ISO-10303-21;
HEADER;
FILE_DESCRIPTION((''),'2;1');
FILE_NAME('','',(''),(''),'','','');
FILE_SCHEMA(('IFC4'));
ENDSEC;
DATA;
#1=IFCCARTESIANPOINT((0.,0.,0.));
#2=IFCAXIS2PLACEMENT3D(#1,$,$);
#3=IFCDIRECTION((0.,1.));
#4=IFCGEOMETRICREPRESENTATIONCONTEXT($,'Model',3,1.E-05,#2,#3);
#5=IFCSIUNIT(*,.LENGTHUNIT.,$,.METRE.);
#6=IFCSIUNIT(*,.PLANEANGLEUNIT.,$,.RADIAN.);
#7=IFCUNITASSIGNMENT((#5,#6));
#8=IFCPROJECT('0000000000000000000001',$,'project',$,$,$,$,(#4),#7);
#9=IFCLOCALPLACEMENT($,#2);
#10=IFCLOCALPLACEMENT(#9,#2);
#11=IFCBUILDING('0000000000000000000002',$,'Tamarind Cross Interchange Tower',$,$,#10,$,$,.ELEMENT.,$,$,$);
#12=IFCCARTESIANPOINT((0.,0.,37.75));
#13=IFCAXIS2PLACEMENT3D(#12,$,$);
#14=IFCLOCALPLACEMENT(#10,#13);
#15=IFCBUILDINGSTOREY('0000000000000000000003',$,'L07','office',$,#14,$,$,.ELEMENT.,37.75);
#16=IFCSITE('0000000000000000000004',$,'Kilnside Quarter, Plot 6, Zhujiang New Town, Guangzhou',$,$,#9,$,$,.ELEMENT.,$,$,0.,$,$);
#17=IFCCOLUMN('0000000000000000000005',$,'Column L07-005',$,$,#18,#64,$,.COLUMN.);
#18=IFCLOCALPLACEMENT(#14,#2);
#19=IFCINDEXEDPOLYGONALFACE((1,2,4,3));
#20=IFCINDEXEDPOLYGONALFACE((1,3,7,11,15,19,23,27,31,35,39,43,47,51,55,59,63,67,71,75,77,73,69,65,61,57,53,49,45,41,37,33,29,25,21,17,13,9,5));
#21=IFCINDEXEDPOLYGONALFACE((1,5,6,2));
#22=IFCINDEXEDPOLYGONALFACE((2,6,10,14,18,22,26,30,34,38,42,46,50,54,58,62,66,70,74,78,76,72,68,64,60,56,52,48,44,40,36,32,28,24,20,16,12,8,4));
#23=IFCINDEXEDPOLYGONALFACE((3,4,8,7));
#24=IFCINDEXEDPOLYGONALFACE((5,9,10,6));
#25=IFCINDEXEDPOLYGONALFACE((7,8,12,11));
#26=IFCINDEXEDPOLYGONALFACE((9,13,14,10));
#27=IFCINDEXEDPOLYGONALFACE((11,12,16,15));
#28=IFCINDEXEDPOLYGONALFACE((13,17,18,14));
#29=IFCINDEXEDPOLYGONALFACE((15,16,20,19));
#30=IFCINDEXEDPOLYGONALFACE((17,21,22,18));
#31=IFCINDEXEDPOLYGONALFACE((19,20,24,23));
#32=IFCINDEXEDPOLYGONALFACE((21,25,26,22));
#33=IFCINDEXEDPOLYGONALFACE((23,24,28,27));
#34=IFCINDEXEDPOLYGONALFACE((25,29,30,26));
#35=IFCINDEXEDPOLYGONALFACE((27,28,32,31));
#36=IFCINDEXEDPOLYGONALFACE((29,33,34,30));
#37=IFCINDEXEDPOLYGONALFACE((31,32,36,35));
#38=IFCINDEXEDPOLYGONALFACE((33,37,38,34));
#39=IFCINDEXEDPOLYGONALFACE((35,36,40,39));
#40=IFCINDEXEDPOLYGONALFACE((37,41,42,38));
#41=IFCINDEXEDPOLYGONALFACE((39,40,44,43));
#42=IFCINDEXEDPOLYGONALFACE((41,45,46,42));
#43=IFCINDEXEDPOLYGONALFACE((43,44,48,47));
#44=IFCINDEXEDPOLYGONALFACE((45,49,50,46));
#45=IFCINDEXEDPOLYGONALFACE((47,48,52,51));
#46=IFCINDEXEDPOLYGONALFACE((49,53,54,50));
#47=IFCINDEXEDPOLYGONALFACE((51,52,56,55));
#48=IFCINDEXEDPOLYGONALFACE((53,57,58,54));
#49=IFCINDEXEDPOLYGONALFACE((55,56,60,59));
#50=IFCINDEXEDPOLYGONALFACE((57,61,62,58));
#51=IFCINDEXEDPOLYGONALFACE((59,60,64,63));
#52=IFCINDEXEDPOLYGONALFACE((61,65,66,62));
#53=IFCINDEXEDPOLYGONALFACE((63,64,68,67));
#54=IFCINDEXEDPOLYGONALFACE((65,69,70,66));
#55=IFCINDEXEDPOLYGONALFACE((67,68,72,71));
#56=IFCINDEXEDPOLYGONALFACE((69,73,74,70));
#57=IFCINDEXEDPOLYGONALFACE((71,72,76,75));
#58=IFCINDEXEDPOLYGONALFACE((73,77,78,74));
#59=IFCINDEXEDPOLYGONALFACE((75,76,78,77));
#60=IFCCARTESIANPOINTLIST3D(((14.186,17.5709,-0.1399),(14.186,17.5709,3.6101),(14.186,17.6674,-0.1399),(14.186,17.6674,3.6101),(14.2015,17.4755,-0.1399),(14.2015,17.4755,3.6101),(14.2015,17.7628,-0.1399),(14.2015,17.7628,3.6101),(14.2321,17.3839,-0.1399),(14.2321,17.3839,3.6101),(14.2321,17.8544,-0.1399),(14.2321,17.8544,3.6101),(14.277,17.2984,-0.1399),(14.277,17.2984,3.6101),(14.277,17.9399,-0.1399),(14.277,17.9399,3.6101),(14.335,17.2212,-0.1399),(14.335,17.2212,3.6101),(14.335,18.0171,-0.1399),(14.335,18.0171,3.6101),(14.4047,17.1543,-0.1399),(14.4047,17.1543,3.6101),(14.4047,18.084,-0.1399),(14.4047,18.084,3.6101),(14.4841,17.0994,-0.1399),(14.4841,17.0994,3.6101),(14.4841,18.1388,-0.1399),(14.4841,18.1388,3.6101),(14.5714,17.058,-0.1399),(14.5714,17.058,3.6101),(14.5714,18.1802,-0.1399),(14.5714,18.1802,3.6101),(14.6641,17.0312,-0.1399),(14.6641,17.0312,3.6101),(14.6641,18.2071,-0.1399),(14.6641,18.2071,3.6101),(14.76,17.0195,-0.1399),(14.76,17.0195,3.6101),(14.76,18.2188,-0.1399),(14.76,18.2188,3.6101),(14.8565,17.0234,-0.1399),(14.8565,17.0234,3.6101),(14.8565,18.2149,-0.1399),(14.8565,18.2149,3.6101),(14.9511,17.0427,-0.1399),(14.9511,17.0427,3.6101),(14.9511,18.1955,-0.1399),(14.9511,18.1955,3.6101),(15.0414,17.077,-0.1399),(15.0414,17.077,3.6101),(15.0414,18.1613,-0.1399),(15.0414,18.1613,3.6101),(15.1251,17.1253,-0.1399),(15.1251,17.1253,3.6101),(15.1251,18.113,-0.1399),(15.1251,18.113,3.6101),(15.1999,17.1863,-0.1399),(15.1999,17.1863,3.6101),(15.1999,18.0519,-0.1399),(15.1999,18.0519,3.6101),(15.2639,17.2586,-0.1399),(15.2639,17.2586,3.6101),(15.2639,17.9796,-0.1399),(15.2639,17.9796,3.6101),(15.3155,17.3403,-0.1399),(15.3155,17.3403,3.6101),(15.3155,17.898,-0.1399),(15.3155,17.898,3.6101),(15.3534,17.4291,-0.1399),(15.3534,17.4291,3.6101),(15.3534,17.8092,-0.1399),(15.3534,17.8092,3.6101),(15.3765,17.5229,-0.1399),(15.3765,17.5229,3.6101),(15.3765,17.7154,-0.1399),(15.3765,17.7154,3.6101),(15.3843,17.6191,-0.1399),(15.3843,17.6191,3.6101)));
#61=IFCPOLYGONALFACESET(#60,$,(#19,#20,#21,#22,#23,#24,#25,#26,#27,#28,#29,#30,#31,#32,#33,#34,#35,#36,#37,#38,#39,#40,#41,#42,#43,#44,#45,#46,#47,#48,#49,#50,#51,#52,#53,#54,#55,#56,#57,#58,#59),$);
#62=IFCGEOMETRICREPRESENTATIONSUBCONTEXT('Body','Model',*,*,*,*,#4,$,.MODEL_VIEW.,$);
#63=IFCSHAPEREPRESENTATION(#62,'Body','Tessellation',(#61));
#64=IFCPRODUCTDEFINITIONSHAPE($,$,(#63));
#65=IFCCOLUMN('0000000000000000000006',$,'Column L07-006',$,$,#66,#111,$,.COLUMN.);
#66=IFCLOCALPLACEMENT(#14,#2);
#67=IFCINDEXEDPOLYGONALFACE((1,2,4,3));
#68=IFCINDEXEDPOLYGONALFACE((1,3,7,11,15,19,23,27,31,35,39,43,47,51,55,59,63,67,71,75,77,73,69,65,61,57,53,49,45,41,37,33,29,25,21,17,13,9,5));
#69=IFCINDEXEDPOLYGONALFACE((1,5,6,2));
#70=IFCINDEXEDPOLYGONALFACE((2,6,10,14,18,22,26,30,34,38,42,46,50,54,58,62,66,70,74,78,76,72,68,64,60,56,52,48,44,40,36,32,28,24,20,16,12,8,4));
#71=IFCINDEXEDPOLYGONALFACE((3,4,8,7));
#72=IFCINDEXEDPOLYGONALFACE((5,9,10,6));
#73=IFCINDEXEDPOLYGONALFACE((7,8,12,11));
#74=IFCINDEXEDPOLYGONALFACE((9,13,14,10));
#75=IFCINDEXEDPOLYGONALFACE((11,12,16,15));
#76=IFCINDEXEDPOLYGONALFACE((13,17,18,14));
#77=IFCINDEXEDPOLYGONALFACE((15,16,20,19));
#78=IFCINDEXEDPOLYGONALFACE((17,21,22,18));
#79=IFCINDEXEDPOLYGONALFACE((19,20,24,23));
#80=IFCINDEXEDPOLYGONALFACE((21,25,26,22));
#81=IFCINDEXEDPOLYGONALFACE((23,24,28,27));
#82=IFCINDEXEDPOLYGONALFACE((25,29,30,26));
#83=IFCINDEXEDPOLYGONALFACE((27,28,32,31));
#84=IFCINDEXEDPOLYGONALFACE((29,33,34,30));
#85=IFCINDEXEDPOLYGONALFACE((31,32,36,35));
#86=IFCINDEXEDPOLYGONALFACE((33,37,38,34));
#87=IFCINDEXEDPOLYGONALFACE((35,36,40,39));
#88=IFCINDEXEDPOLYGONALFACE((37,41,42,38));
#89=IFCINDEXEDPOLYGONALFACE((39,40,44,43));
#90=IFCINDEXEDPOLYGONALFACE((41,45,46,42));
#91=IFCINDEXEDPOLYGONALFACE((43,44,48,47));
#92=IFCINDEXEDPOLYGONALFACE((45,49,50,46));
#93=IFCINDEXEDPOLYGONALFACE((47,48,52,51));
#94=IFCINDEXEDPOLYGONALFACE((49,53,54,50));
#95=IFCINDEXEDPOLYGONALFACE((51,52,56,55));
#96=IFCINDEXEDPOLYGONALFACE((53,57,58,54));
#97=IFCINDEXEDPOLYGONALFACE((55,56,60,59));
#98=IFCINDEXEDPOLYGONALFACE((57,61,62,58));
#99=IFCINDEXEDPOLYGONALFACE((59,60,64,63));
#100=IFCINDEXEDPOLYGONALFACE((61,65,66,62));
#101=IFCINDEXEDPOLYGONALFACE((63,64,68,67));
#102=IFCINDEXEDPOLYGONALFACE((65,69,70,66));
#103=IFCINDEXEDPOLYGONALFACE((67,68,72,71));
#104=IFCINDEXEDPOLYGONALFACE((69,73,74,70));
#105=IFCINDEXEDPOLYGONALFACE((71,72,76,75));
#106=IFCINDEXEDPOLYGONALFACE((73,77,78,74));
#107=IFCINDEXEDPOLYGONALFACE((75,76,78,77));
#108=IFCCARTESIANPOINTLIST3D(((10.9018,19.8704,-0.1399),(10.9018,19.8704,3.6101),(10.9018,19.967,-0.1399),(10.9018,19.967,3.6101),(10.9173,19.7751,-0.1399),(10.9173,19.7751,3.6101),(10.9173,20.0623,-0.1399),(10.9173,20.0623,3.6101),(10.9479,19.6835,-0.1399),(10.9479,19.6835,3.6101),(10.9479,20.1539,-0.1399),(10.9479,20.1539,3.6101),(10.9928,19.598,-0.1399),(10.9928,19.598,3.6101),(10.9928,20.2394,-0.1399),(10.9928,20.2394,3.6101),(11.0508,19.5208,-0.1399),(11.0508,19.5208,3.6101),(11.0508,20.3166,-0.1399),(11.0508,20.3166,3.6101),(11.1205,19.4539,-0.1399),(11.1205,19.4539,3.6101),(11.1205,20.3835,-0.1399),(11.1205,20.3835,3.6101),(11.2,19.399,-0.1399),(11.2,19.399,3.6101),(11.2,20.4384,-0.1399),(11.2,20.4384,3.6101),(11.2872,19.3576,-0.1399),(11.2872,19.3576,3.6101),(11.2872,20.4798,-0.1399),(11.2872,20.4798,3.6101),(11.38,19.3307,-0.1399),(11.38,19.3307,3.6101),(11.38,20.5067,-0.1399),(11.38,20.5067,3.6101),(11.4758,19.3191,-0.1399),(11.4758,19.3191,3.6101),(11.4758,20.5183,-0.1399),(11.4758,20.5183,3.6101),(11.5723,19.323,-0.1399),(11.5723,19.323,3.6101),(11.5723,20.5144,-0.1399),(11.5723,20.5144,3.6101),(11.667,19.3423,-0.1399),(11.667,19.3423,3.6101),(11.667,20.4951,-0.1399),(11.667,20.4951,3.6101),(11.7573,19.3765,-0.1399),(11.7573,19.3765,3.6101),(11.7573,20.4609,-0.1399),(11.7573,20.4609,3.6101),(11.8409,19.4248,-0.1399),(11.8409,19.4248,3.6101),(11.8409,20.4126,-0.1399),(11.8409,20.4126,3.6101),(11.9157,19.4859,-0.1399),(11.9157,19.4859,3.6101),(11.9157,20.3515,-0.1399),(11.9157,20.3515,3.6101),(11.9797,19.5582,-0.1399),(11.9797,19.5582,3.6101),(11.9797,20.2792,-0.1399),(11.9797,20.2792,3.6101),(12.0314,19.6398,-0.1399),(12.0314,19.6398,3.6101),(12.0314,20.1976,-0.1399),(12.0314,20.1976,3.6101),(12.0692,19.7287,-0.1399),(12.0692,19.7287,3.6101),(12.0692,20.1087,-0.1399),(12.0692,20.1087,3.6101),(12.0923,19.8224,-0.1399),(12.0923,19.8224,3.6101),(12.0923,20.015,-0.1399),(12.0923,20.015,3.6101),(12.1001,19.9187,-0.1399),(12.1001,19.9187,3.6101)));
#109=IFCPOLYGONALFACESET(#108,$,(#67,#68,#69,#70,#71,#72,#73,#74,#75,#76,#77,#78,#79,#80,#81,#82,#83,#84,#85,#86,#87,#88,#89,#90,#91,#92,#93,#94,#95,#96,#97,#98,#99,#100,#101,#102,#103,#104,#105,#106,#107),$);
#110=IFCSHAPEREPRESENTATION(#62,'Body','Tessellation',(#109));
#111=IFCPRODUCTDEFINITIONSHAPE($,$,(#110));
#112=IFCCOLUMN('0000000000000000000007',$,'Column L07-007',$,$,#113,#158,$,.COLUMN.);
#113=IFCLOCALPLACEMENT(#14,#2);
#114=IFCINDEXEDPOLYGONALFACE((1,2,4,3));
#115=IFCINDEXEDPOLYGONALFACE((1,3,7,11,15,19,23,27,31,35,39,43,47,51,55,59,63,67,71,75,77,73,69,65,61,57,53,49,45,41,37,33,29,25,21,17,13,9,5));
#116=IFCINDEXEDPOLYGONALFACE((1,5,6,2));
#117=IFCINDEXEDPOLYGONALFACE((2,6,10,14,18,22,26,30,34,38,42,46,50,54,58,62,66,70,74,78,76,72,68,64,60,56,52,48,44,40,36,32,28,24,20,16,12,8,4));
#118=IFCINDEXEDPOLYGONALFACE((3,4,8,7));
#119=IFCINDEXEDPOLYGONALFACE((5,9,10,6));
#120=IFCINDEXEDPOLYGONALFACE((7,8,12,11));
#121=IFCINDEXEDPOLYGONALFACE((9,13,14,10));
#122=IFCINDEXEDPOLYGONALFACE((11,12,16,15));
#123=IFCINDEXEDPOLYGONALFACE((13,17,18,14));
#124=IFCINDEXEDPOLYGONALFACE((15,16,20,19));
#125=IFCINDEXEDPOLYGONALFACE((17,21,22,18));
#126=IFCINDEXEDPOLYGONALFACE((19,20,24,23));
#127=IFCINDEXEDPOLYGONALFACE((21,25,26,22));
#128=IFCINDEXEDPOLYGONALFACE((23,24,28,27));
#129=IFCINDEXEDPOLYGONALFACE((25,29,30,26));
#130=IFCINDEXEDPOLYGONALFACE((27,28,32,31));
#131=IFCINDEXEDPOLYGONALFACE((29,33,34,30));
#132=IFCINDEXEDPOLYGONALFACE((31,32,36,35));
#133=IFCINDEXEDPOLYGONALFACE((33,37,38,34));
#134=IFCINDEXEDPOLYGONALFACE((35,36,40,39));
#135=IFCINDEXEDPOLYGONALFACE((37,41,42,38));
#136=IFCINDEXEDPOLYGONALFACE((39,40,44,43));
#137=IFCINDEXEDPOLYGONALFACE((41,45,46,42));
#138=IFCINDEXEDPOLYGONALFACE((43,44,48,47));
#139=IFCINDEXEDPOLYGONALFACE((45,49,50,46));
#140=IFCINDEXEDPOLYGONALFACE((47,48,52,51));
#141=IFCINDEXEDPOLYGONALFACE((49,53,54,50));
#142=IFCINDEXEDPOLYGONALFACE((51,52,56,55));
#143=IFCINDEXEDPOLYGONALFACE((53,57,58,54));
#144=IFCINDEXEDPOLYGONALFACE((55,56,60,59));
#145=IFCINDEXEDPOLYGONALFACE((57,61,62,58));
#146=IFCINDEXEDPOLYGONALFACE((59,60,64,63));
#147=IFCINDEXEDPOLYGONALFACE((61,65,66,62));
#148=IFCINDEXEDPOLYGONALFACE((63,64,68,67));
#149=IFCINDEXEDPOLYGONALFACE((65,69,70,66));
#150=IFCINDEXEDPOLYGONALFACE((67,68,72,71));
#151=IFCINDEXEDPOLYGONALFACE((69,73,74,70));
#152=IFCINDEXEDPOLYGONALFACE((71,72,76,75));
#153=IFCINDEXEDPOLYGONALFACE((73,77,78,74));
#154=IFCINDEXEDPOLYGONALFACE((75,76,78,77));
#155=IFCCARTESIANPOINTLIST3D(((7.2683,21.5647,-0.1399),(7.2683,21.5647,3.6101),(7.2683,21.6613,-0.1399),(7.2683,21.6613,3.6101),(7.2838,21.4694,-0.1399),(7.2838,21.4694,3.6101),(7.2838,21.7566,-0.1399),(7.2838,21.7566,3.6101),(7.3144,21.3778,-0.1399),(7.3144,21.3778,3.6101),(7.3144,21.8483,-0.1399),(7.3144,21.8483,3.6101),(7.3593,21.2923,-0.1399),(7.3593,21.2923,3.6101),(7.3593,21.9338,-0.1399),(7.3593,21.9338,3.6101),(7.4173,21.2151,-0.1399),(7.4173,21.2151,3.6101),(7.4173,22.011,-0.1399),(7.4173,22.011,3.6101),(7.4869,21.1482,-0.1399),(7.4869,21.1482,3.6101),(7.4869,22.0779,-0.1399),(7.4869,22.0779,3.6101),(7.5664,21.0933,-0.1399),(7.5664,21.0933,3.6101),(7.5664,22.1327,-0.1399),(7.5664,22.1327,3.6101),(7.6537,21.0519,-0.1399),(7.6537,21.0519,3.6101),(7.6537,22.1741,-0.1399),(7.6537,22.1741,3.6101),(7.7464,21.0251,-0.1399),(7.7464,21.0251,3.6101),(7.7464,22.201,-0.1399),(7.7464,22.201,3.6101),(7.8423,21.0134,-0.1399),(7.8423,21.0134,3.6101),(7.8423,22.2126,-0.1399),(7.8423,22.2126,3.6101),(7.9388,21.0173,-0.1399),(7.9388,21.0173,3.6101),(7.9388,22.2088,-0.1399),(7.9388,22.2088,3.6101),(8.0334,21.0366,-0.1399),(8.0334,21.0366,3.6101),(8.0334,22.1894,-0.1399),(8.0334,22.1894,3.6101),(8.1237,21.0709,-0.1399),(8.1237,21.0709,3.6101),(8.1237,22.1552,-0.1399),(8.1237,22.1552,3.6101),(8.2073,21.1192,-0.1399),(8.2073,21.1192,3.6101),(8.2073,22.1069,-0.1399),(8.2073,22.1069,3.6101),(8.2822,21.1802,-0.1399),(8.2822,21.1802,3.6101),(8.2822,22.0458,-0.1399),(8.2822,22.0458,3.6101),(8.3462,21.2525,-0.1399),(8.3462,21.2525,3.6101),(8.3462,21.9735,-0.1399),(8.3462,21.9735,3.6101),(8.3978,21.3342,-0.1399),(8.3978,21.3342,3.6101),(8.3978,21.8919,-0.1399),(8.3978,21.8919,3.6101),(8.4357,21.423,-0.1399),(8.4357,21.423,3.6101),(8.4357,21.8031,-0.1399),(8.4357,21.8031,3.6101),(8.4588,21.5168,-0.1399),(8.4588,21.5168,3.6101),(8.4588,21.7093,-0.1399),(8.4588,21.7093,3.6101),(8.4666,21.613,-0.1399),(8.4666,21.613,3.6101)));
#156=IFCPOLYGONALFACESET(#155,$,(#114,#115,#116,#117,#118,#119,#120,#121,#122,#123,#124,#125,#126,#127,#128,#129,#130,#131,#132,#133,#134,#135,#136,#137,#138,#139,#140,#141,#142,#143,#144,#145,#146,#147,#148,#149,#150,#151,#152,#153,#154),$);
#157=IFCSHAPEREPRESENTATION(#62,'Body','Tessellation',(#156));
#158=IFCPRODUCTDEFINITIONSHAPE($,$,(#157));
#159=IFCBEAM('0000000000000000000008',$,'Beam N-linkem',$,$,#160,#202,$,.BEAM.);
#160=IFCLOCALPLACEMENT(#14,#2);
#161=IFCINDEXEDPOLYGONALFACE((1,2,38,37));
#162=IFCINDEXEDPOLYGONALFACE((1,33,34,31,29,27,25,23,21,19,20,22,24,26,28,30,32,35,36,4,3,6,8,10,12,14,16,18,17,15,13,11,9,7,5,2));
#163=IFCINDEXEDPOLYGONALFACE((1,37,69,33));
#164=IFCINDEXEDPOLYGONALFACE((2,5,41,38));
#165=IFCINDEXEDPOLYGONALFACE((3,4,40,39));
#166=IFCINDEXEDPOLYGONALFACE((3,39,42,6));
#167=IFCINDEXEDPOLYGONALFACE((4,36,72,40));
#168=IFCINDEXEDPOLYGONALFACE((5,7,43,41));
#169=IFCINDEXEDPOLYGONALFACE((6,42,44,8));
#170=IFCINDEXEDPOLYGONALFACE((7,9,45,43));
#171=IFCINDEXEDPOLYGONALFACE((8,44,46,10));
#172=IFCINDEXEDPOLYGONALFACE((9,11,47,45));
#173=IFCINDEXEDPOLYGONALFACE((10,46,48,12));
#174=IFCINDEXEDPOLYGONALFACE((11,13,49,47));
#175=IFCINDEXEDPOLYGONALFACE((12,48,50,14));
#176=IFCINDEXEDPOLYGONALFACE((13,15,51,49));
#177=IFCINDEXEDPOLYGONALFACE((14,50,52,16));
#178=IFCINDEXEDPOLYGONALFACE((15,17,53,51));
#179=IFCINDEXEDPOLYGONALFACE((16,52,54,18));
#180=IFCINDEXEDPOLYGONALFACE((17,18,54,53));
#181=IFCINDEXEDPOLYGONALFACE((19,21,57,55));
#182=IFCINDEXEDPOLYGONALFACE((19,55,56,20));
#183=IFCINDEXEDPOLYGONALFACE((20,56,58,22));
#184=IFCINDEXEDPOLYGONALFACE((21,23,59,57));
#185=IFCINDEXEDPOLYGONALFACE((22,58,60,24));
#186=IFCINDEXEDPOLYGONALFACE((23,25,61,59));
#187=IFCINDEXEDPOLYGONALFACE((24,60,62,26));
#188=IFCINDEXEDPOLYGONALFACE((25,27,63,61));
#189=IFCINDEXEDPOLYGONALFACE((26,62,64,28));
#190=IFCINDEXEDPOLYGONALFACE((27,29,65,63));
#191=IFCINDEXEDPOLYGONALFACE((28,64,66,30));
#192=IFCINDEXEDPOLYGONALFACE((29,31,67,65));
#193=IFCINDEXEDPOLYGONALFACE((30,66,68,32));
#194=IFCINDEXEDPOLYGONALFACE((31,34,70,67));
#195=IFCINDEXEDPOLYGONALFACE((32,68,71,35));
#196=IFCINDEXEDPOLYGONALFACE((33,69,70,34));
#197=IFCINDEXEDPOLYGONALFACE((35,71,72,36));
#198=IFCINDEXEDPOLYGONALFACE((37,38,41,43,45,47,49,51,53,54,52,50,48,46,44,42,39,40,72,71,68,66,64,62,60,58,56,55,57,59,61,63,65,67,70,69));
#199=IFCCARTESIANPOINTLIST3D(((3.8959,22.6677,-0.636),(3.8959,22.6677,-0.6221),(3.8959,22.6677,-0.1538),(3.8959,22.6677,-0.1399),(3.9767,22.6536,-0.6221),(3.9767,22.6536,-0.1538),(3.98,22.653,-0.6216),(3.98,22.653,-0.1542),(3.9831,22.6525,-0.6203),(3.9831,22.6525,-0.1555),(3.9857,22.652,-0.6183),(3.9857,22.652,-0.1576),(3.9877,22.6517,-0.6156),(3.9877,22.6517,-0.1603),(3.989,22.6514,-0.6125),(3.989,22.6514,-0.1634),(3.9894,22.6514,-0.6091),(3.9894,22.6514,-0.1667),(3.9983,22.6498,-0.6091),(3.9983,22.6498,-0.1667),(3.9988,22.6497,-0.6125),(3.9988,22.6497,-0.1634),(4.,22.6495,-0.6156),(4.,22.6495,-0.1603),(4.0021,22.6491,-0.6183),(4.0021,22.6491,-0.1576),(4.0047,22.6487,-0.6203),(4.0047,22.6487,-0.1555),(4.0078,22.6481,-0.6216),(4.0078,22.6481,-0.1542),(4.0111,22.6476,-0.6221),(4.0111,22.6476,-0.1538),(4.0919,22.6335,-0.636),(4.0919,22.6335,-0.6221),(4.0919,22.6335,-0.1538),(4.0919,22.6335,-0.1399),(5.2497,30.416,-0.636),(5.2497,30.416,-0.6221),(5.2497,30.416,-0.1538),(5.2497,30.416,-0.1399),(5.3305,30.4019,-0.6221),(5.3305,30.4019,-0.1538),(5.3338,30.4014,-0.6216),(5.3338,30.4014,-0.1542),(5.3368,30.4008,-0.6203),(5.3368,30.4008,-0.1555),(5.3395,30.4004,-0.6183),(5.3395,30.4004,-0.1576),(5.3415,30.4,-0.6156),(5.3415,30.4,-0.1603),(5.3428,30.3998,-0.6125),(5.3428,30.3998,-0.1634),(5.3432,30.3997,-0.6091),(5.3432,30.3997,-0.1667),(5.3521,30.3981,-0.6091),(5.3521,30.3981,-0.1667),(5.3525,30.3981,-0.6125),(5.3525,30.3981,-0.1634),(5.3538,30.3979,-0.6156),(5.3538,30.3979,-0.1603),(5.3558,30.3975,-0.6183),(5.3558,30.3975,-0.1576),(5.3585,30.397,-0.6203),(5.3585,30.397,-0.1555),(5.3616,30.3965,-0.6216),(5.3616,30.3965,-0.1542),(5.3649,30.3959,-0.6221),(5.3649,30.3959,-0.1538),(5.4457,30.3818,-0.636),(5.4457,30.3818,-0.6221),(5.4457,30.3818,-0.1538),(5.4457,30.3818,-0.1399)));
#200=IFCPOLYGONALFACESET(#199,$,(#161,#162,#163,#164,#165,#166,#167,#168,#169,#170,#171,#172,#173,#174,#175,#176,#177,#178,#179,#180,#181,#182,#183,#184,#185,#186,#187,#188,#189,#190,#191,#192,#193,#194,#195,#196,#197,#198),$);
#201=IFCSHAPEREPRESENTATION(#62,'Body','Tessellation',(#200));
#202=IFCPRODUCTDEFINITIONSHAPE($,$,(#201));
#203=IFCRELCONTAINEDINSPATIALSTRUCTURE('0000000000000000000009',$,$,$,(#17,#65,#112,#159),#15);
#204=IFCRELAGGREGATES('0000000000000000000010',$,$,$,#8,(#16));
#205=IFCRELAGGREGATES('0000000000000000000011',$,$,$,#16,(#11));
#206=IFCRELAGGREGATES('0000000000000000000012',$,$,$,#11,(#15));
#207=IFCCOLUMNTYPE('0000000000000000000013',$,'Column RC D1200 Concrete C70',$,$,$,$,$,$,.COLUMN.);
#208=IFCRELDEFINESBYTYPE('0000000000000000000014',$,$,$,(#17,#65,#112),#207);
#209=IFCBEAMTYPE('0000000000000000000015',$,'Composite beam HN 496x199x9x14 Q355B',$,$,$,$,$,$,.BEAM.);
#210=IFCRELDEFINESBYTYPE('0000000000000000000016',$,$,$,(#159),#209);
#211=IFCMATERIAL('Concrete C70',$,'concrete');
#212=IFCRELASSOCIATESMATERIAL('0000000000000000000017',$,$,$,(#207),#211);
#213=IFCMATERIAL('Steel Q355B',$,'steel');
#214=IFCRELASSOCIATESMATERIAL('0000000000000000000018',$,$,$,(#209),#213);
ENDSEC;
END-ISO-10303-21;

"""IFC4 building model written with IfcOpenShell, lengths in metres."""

from ifc_helpers import new_model, si_unit, direction, frame, origin, origin_2d, place, context, subcontext, project, spatial, circle, i_section, extrude, material, material_profile, profile_set, type_object, element, save


model = new_model("IFC4")

# Units and contexts
model_context = context("Model", 3, precision=1e-05, world=origin(), true_north=direction((0.0, 1.0)))
body_context = subcontext(model_context, "Body", "Model", "MODEL_VIEW")
ifc_project = project(units=[si_unit("LENGTHUNIT", "METRE"), si_unit("PLANEANGLEUNIT", "RADIAN")], contexts=[model_context])

# Site, building, storey
site_placement = place(None, origin())
site = spatial("IfcSite", under=ifc_project, at=site_placement, Name="Kilnside Quarter, Plot 6, Zhujiang New Town, Guangzhou", CompositionType="ELEMENT", RefElevation=0.0)
building_placement = place(site_placement, origin())
building = spatial("IfcBuilding", under=site, at=building_placement, Name="Tamarind Cross Interchange Tower", CompositionType="ELEMENT")
storey_placement = place(building_placement, frame((0.0, 0.0, 37.75)))
storey = spatial("IfcBuildingStorey", under=building, at=storey_placement, Name="L07", Description="office", CompositionType="ELEMENT", Elevation=37.75)

# Columns
ifc_material_1 = material(Name="Concrete C70", Category="concrete")
ifc_material_profile_1 = material_profile(ifc_material_1, circle(Radius=0.6001, at=origin_2d()), Name="RC D1200")
ifc_profile_set_1 = profile_set([ifc_material_profile_1], Name="Concrete C70")
column_type_1 = type_object("IfcColumnType", Name="Column RC D1200 Concrete C70", PredefinedType="COLUMN", material=ifc_profile_set_1)
for number, where, z_axis, x_axis, name in (
    (1, (14.7842, 17.6191, -0.1399), (0.0, 0.0, 1.0), (1.0, 0.0, 0.0), "Column L07-005"),
    (2, (11.5, 19.9187, -0.1399), (0.0, 0.0, 1.0), (1.0, 0.0, 0.0), "Column L07-006"),
    (3, (7.8665, 21.613, -0.1399), (0.0, 0.0, 1.0), (1.0, 0.0, 0.0), "Column L07-007"),
):
    element("IfcColumn", number, at=place(storey_placement, frame(where, z_axis=z_axis, x_axis=x_axis)), inside=storey, type_object=column_type_1, Name=name, PredefinedType="COLUMN", context=body_context, shape_type="SweptSolid", body=[
        extrude(circle(Radius=0.6001, at=origin_2d()), origin(), (0.0, 0.0, 1.0), 3.75),
    ])

# Beam
ifc_material_2 = material(Name="Steel Q355B", Category="steel")
ifc_material_profile_2 = material_profile(ifc_material_2, i_section(OverallWidth=0.199, OverallDepth=0.4961, WebThickness=0.009, FlangeThickness=0.0139, FilletRadius=0.0129, at=origin_2d()), Name="HN 496x199x9x14")
ifc_profile_set_2 = profile_set([ifc_material_profile_2], Name="Steel Q355B")
beam_type_1 = type_object("IfcBeamType", Name="Composite beam HN 496x199x9x14 Q355B", PredefinedType="BEAM", material=ifc_profile_set_2)
beam_1_placement = place(storey_placement, frame((5.3477, 30.3989, -0.3879), z_axis=(-0.17211, -0.985078, 0.0), x_axis=(0.985078, -0.17211, 0.0)))
element("IfcBeam", 4, at=beam_1_placement, inside=storey, type_object=beam_type_1, Name="Beam N-linkem", PredefinedType="BEAM", context=body_context, shape_type="SweptSolid", body=[
    extrude(i_section(OverallWidth=0.199, OverallDepth=0.4961, WebThickness=0.009, FlangeThickness=0.0139, FilletRadius=0.0129, at=origin_2d()), origin(), (0.0, 0.0, 1.0), 7.8657),
])

save(model, "model.ifc")
